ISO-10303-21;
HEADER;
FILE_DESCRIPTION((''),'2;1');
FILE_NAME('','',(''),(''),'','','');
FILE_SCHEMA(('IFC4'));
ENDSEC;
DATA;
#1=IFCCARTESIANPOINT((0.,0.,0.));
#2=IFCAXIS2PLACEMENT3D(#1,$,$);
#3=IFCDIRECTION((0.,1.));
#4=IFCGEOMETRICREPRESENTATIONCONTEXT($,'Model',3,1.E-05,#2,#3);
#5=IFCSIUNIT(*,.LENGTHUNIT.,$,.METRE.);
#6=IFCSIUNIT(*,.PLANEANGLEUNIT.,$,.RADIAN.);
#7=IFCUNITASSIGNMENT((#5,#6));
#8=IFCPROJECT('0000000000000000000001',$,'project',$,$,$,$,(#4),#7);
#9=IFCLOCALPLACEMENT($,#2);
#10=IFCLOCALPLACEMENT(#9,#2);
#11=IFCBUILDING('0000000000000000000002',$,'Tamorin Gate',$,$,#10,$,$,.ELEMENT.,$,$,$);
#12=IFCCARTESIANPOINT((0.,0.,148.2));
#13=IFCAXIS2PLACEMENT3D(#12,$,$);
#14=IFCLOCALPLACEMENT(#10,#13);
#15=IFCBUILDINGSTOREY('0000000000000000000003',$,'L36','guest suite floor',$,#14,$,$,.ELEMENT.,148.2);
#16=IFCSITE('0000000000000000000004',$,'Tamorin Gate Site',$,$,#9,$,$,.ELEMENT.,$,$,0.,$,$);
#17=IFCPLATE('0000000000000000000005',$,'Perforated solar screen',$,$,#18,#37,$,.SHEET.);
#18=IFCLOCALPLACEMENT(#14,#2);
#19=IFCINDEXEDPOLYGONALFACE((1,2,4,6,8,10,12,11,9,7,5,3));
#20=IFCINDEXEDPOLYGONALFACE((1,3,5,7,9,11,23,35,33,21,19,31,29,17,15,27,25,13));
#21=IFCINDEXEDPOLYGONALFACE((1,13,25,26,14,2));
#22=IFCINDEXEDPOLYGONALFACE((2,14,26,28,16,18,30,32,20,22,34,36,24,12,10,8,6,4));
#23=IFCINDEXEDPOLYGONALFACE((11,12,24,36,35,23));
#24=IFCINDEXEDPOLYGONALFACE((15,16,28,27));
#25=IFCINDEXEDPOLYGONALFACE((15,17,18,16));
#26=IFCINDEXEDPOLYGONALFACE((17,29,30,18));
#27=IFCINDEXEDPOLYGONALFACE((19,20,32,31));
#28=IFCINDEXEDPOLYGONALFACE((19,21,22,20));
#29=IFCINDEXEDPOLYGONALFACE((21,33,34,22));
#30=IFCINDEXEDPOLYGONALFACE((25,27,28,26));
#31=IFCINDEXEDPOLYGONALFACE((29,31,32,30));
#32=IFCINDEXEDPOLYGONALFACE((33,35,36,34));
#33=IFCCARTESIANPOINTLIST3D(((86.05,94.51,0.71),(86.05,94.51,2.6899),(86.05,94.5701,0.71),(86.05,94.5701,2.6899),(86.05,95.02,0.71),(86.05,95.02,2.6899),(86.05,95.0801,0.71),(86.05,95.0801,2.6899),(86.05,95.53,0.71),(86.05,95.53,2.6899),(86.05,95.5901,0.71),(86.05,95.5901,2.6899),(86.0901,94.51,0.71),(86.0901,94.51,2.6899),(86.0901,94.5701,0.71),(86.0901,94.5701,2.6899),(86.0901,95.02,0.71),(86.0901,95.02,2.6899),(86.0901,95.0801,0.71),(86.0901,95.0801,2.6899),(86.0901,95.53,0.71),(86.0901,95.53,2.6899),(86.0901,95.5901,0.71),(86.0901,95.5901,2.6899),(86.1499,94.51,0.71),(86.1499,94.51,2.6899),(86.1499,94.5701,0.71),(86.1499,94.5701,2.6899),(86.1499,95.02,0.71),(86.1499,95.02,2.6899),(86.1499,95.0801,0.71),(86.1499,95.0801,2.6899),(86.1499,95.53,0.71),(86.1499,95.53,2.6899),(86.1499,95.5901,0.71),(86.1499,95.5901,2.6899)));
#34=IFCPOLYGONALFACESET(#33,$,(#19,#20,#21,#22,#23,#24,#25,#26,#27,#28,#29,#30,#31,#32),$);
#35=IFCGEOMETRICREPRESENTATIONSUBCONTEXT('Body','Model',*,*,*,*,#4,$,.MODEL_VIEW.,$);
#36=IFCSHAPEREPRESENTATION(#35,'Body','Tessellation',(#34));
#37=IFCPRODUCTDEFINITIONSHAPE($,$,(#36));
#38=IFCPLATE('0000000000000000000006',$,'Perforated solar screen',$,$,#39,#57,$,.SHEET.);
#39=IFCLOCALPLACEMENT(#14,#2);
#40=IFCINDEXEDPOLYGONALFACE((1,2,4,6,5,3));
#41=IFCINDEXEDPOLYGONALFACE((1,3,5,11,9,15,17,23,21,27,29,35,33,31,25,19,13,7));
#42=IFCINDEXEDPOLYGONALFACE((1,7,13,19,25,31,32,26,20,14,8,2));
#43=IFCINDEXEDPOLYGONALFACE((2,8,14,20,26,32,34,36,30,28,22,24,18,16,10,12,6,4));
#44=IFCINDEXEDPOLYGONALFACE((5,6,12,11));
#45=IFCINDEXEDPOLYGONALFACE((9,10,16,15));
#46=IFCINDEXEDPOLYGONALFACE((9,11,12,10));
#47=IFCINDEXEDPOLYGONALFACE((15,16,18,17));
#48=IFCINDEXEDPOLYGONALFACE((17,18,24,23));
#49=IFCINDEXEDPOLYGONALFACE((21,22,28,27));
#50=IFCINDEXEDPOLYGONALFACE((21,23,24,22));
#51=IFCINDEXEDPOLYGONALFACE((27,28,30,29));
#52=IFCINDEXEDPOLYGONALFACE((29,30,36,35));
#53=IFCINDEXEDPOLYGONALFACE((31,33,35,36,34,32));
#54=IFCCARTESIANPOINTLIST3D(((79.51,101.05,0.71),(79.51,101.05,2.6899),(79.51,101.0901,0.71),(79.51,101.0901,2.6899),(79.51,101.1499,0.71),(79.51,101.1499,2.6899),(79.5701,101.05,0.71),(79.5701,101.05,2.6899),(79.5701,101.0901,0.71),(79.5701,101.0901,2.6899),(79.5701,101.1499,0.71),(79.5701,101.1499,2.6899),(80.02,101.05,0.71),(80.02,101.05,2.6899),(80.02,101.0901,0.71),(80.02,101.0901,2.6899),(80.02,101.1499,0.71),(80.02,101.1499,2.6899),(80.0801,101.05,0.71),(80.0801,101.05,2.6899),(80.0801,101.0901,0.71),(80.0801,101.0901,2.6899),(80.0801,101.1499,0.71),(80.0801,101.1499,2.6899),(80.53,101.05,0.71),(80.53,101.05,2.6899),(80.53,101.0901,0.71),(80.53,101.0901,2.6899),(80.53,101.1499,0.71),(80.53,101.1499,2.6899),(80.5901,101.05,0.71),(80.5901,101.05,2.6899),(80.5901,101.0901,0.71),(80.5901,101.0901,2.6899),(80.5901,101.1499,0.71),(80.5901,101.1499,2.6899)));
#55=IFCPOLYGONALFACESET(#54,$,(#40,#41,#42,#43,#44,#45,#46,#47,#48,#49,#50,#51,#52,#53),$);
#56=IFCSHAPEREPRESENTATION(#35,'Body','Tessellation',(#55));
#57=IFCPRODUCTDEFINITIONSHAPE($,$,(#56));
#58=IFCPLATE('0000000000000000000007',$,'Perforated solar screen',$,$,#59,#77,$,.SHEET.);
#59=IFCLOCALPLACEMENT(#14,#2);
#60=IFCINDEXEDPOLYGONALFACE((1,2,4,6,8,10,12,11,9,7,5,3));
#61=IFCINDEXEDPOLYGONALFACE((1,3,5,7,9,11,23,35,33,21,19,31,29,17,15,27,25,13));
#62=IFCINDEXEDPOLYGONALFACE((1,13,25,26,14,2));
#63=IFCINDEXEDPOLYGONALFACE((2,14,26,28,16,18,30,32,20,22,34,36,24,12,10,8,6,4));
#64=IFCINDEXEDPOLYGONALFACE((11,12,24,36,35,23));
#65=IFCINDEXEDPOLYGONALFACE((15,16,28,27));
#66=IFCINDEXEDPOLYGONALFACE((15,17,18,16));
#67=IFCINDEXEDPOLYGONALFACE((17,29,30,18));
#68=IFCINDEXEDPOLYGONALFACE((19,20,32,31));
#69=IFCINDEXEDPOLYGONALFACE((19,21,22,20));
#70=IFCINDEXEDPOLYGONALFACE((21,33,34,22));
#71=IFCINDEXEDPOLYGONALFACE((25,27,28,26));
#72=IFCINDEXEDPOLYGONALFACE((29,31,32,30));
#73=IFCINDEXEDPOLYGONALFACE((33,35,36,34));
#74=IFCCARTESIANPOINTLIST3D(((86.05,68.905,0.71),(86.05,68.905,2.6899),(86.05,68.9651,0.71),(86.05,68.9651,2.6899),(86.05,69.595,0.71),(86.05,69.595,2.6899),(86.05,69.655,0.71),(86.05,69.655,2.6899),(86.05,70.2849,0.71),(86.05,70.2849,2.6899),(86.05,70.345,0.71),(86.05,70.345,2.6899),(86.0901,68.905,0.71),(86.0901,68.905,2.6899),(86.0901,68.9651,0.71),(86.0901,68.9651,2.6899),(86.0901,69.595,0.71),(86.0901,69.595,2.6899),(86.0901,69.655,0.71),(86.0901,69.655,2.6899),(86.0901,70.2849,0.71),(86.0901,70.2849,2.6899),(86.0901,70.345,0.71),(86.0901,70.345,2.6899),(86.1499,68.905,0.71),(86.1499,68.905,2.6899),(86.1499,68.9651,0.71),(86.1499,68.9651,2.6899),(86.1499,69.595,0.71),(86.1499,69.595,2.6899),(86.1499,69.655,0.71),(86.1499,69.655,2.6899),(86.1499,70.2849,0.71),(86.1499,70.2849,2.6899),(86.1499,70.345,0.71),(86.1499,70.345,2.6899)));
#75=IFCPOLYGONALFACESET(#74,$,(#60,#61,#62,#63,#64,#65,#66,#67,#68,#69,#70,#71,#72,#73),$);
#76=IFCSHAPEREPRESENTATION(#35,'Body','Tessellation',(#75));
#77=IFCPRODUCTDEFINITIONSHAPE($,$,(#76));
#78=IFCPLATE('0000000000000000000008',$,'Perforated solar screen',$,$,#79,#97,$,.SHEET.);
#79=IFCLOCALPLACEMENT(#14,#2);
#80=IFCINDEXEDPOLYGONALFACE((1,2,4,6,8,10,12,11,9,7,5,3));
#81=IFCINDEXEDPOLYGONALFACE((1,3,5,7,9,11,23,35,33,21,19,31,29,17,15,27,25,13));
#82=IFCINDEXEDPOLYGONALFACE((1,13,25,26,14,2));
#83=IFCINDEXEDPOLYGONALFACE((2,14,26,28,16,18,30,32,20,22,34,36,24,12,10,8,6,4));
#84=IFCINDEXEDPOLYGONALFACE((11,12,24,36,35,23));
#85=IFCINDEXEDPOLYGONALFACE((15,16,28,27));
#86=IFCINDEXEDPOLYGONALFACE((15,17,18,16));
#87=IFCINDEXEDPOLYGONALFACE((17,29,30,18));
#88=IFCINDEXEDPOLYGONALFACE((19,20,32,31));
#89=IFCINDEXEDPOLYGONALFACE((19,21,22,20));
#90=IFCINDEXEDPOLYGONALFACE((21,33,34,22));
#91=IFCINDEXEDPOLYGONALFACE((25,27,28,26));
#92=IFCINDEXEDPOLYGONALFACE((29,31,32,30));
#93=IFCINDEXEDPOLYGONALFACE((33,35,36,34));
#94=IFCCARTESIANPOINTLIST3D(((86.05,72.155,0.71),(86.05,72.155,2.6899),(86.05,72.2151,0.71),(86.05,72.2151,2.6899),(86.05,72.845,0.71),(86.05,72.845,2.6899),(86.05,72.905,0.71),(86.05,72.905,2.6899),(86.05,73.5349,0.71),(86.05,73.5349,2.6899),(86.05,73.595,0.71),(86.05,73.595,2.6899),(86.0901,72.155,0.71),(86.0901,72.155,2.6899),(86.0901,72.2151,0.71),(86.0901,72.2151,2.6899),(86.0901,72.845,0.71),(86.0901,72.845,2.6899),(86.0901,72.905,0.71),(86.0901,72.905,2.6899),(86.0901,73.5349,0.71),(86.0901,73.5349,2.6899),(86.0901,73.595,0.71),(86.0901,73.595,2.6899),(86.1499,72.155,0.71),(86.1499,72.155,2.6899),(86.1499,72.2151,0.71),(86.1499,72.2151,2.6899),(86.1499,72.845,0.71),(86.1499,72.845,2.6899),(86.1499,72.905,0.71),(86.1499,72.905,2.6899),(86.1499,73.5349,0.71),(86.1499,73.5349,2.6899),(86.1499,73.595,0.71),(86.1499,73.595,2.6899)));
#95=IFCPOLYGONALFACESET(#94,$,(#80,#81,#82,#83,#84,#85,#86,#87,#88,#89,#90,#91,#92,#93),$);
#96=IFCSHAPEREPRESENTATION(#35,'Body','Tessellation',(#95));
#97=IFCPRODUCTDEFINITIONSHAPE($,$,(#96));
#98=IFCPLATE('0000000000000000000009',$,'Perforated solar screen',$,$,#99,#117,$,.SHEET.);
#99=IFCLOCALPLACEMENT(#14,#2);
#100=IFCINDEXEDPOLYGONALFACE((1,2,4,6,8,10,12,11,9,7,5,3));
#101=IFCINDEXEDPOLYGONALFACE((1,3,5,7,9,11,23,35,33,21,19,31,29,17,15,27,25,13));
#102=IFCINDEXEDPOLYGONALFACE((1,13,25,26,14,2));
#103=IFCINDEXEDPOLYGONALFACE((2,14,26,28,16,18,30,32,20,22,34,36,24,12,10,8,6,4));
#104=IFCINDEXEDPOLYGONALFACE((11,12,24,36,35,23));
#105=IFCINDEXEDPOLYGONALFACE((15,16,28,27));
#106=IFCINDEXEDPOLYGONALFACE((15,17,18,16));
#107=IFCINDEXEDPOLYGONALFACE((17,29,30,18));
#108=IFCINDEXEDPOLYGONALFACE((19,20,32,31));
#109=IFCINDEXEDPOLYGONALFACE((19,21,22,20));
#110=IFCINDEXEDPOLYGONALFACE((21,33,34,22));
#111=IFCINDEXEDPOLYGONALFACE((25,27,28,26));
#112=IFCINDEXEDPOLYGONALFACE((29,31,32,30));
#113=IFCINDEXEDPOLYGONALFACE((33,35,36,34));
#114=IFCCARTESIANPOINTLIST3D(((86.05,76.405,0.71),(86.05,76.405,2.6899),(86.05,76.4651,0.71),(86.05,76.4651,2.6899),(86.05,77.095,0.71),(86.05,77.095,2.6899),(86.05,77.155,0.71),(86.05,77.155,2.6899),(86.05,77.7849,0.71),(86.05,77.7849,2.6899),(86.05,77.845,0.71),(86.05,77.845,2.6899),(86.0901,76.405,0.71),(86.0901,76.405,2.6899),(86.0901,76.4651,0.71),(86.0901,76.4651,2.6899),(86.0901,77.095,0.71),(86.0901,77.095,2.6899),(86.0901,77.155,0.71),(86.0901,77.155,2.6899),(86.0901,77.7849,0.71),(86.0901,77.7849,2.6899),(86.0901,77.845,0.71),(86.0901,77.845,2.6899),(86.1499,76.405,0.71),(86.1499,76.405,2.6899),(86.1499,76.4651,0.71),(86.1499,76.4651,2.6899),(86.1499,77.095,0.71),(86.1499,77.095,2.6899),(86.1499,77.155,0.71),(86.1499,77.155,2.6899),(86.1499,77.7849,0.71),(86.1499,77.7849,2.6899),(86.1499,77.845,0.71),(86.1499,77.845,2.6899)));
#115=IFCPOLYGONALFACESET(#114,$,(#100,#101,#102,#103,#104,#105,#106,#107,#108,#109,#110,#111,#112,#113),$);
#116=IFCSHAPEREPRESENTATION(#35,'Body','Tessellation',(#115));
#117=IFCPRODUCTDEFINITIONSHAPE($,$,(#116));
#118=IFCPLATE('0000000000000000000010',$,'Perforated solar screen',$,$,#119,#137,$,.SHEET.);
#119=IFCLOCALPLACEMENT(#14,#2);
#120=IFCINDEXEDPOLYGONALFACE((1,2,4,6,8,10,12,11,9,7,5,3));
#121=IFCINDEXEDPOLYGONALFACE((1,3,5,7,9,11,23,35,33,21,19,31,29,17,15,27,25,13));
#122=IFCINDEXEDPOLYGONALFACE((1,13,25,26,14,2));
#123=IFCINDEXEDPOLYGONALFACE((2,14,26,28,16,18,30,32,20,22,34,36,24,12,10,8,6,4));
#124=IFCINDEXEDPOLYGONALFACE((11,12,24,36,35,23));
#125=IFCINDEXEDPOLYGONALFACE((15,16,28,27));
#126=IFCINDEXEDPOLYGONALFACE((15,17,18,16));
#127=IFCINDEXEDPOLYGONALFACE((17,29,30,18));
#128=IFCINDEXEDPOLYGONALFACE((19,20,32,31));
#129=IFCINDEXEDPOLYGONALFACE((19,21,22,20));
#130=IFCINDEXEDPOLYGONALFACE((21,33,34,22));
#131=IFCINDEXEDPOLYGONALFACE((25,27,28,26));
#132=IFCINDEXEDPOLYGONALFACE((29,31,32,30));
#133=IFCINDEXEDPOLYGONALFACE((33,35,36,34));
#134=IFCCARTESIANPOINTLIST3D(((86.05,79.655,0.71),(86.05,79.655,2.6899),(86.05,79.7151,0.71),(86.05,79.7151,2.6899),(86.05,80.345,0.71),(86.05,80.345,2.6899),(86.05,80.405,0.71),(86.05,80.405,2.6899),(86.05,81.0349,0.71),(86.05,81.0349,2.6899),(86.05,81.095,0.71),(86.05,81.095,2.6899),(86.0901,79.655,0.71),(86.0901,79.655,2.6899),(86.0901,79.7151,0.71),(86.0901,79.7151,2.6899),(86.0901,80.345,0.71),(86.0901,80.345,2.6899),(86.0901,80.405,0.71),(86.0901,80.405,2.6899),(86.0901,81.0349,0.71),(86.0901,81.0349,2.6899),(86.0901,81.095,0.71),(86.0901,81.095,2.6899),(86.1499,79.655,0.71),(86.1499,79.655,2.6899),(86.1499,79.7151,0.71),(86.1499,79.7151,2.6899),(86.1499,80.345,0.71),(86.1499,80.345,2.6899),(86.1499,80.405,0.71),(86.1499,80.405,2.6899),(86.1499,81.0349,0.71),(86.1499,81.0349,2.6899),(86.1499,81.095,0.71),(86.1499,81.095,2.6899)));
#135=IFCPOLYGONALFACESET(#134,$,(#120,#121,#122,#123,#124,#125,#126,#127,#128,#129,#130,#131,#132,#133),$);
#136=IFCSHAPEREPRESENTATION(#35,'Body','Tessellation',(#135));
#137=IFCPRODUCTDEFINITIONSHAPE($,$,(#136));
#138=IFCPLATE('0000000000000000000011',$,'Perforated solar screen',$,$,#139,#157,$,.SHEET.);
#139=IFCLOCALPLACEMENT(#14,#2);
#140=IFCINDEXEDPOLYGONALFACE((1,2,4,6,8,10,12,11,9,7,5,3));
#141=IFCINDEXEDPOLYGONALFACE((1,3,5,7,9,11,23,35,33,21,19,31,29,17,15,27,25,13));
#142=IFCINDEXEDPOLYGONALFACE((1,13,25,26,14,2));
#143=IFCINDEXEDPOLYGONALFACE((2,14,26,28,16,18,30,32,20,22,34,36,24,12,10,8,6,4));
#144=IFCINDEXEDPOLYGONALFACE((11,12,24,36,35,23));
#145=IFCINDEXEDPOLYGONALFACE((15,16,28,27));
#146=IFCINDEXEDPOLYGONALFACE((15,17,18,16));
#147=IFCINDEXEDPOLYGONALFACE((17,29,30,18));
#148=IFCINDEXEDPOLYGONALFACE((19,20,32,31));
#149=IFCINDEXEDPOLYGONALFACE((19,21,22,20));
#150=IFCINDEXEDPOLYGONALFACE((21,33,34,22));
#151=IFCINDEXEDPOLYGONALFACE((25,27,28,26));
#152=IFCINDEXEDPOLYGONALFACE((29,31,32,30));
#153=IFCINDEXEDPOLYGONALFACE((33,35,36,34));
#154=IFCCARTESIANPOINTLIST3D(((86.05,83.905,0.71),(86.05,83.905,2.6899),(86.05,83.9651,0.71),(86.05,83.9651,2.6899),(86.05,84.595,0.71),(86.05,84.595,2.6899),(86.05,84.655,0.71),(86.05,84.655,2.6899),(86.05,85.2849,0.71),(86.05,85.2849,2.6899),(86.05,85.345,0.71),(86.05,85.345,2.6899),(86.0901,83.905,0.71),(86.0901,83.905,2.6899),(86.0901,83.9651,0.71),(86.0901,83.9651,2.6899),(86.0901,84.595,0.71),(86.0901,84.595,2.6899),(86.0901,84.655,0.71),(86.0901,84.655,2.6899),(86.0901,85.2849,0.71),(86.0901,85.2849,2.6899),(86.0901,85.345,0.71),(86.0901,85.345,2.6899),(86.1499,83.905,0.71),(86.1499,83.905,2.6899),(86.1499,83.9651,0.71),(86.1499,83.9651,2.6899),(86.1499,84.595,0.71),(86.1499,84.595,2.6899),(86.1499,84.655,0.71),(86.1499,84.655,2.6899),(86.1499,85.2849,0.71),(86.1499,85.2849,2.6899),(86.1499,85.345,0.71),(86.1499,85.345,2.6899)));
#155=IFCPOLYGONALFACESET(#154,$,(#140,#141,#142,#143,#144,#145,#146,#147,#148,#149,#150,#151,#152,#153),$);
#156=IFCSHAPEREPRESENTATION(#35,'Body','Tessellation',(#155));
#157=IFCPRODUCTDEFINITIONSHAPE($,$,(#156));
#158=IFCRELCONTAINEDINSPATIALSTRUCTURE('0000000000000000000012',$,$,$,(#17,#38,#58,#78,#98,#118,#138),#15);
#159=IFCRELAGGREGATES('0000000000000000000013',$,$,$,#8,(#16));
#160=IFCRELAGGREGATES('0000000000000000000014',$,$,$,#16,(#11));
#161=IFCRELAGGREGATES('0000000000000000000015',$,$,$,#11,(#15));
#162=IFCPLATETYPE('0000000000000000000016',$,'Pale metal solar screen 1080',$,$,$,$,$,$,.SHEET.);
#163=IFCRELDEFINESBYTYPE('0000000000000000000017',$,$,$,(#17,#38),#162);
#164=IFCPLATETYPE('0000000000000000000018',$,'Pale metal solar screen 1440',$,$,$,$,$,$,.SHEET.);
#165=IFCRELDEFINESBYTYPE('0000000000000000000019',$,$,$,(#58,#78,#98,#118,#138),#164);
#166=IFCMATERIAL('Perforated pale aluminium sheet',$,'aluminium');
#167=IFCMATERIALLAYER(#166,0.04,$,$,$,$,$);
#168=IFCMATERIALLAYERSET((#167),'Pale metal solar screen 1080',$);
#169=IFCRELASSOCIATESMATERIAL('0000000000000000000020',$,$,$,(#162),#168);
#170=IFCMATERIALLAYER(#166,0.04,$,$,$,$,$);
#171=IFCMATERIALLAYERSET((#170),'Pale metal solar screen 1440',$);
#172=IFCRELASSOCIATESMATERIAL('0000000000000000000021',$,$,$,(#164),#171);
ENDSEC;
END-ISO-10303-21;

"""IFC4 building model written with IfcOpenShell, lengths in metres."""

from ifc_helpers import new_model, si_unit, direction, frame, origin, place, context, subcontext, project, spatial, polyline, outline, extrude, material, layer, layer_set, type_object, element, save


model = new_model("IFC4")

# Units and contexts
model_context = context("Model", 3, precision=1e-05, world=origin(), true_north=direction((0.0, 1.0)))
body_context = subcontext(model_context, "Body", "Model", "MODEL_VIEW")
ifc_project = project(units=[si_unit("LENGTHUNIT", "METRE"), si_unit("PLANEANGLEUNIT", "RADIAN")], contexts=[model_context])

# Site, building, storey
site_placement = place(None, origin())
site = spatial("IfcSite", under=ifc_project, at=site_placement, Name="Tamorin Gate Site", CompositionType="ELEMENT", RefElevation=0.0)
building_placement = place(site_placement, origin())
building = spatial("IfcBuilding", under=site, at=building_placement, Name="Tamorin Gate", CompositionType="ELEMENT")
storey_placement = place(building_placement, frame((0.0, 0.0, 148.2)))
storey = spatial("IfcBuildingStorey", under=building, at=storey_placement, Name="L36", Description="guest suite floor", CompositionType="ELEMENT", Elevation=148.2)

# Plates
ifc_material = material(Name="Perforated pale aluminium sheet", Category="aluminium")
ifc_layer_1 = layer(ifc_material, 0.04)
ifc_layer_set_1 = layer_set([ifc_layer_1], Name="Pale metal solar screen 1080")
plate_type_1 = type_object("IfcPlateType", Name="Pale metal solar screen 1080", PredefinedType="SHEET", material=ifc_layer_set_1)
plate_1_placement = place(storey_placement, frame((0.0, 0.0, 0.71)))
element("IfcPlate", 1, at=plate_1_placement, inside=storey, type_object=plate_type_1, Name="Perforated solar screen", PredefinedType="SHEET", context=body_context, shape_type="SweptSolid", body=[
    extrude(outline(polyline([(86.0901, 94.51), (86.05, 94.51), (86.05, 94.5701), (86.05, 95.02), (86.05, 95.0801), (86.05, 95.53), (86.05, 95.5901), (86.0901, 95.5901), (86.1499, 95.5901), (86.1499, 95.53), (86.0901, 95.53), (86.0901, 95.0801), (86.1499, 95.0801), (86.1499, 95.02), (86.0901, 95.02), (86.0901, 94.5701), (86.1499, 94.5701), (86.1499, 94.51), (86.0901, 94.51)])), origin(), (0.0, 0.0, 1.0), 1.98),
])
plate_2_placement = place(storey_placement, frame((0.0, 0.0, 0.71)))
element("IfcPlate", 2, at=plate_2_placement, inside=storey, type_object=plate_type_1, Name="Perforated solar screen", PredefinedType="SHEET", context=body_context, shape_type="SweptSolid", body=[
    extrude(outline(polyline([(80.5901, 101.0901), (80.5901, 101.05), (80.53, 101.05), (80.0801, 101.05), (80.02, 101.05), (79.5701, 101.05), (79.51, 101.05), (79.51, 101.0901), (79.51, 101.1499), (79.5701, 101.1499), (79.5701, 101.0901), (80.02, 101.0901), (80.02, 101.1499), (80.0801, 101.1499), (80.0801, 101.0901), (80.53, 101.0901), (80.53, 101.1499), (80.5901, 101.1499), (80.5901, 101.0901)])), origin(), (0.0, 0.0, 1.0), 1.98),
])
ifc_layer_2 = layer(ifc_material, 0.04)
ifc_layer_set_2 = layer_set([ifc_layer_2], Name="Pale metal solar screen 1440")
plate_type_2 = type_object("IfcPlateType", Name="Pale metal solar screen 1440", PredefinedType="SHEET", material=ifc_layer_set_2)
plate_3_placement = place(storey_placement, frame((0.0, 0.0, 0.71)))
element("IfcPlate", 3, at=plate_3_placement, inside=storey, type_object=plate_type_2, Name="Perforated solar screen", PredefinedType="SHEET", context=body_context, shape_type="SweptSolid", body=[
    extrude(outline(polyline([(86.0901, 68.905), (86.05, 68.905), (86.05, 68.9651), (86.05, 69.595), (86.05, 69.655), (86.05, 70.2849), (86.05, 70.345), (86.0901, 70.345), (86.1499, 70.345), (86.1499, 70.2849), (86.0901, 70.2849), (86.0901, 69.655), (86.1499, 69.655), (86.1499, 69.595), (86.0901, 69.595), (86.0901, 68.9651), (86.1499, 68.9651), (86.1499, 68.905), (86.0901, 68.905)])), origin(), (0.0, 0.0, 1.0), 1.98),
])
plate_4_placement = place(storey_placement, frame((0.0, 0.0, 0.71)))
element("IfcPlate", 4, at=plate_4_placement, inside=storey, type_object=plate_type_2, Name="Perforated solar screen", PredefinedType="SHEET", context=body_context, shape_type="SweptSolid", body=[
    extrude(outline(polyline([(86.0901, 72.155), (86.05, 72.155), (86.05, 72.2151), (86.05, 72.845), (86.05, 72.905), (86.05, 73.5349), (86.05, 73.595), (86.0901, 73.595), (86.1499, 73.595), (86.1499, 73.5349), (86.0901, 73.5349), (86.0901, 72.905), (86.1499, 72.905), (86.1499, 72.845), (86.0901, 72.845), (86.0901, 72.2151), (86.1499, 72.2151), (86.1499, 72.155), (86.0901, 72.155)])), origin(), (0.0, 0.0, 1.0), 1.98),
])
plate_5_placement = place(storey_placement, frame((0.0, 0.0, 0.71)))
element("IfcPlate", 5, at=plate_5_placement, inside=storey, type_object=plate_type_2, Name="Perforated solar screen", PredefinedType="SHEET", context=body_context, shape_type="SweptSolid", body=[
    extrude(outline(polyline([(86.0901, 76.405), (86.05, 76.405), (86.05, 76.4651), (86.05, 77.095), (86.05, 77.155), (86.05, 77.7849), (86.05, 77.845), (86.0901, 77.845), (86.1499, 77.845), (86.1499, 77.7849), (86.0901, 77.7849), (86.0901, 77.155), (86.1499, 77.155), (86.1499, 77.095), (86.0901, 77.095), (86.0901, 76.4651), (86.1499, 76.4651), (86.1499, 76.405), (86.0901, 76.405)])), origin(), (0.0, 0.0, 1.0), 1.98),
])
plate_6_placement = place(storey_placement, frame((0.0, 0.0, 0.71)))
element("IfcPlate", 6, at=plate_6_placement, inside=storey, type_object=plate_type_2, Name="Perforated solar screen", PredefinedType="SHEET", context=body_context, shape_type="SweptSolid", body=[
    extrude(outline(polyline([(86.0901, 79.655), (86.05, 79.655), (86.05, 79.7151), (86.05, 80.345), (86.05, 80.405), (86.05, 81.0349), (86.05, 81.095), (86.0901, 81.095), (86.1499, 81.095), (86.1499, 81.0349), (86.0901, 81.0349), (86.0901, 80.405), (86.1499, 80.405), (86.1499, 80.345), (86.0901, 80.345), (86.0901, 79.7151), (86.1499, 79.7151), (86.1499, 79.655), (86.0901, 79.655)])), origin(), (0.0, 0.0, 1.0), 1.98),
])
plate_7_placement = place(storey_placement, frame((0.0, 0.0, 0.71)))
element("IfcPlate", 7, at=plate_7_placement, inside=storey, type_object=plate_type_2, Name="Perforated solar screen", PredefinedType="SHEET", context=body_context, shape_type="SweptSolid", body=[
    extrude(outline(polyline([(86.0901, 83.905), (86.05, 83.905), (86.05, 83.9651), (86.05, 84.595), (86.05, 84.655), (86.05, 85.2849), (86.05, 85.345), (86.0901, 85.345), (86.1499, 85.345), (86.1499, 85.2849), (86.0901, 85.2849), (86.0901, 84.655), (86.1499, 84.655), (86.1499, 84.595), (86.0901, 84.595), (86.0901, 83.9651), (86.1499, 83.9651), (86.1499, 83.905), (86.0901, 83.905)])), origin(), (0.0, 0.0, 1.0), 1.98),
])

save(model, "model.ifc")
